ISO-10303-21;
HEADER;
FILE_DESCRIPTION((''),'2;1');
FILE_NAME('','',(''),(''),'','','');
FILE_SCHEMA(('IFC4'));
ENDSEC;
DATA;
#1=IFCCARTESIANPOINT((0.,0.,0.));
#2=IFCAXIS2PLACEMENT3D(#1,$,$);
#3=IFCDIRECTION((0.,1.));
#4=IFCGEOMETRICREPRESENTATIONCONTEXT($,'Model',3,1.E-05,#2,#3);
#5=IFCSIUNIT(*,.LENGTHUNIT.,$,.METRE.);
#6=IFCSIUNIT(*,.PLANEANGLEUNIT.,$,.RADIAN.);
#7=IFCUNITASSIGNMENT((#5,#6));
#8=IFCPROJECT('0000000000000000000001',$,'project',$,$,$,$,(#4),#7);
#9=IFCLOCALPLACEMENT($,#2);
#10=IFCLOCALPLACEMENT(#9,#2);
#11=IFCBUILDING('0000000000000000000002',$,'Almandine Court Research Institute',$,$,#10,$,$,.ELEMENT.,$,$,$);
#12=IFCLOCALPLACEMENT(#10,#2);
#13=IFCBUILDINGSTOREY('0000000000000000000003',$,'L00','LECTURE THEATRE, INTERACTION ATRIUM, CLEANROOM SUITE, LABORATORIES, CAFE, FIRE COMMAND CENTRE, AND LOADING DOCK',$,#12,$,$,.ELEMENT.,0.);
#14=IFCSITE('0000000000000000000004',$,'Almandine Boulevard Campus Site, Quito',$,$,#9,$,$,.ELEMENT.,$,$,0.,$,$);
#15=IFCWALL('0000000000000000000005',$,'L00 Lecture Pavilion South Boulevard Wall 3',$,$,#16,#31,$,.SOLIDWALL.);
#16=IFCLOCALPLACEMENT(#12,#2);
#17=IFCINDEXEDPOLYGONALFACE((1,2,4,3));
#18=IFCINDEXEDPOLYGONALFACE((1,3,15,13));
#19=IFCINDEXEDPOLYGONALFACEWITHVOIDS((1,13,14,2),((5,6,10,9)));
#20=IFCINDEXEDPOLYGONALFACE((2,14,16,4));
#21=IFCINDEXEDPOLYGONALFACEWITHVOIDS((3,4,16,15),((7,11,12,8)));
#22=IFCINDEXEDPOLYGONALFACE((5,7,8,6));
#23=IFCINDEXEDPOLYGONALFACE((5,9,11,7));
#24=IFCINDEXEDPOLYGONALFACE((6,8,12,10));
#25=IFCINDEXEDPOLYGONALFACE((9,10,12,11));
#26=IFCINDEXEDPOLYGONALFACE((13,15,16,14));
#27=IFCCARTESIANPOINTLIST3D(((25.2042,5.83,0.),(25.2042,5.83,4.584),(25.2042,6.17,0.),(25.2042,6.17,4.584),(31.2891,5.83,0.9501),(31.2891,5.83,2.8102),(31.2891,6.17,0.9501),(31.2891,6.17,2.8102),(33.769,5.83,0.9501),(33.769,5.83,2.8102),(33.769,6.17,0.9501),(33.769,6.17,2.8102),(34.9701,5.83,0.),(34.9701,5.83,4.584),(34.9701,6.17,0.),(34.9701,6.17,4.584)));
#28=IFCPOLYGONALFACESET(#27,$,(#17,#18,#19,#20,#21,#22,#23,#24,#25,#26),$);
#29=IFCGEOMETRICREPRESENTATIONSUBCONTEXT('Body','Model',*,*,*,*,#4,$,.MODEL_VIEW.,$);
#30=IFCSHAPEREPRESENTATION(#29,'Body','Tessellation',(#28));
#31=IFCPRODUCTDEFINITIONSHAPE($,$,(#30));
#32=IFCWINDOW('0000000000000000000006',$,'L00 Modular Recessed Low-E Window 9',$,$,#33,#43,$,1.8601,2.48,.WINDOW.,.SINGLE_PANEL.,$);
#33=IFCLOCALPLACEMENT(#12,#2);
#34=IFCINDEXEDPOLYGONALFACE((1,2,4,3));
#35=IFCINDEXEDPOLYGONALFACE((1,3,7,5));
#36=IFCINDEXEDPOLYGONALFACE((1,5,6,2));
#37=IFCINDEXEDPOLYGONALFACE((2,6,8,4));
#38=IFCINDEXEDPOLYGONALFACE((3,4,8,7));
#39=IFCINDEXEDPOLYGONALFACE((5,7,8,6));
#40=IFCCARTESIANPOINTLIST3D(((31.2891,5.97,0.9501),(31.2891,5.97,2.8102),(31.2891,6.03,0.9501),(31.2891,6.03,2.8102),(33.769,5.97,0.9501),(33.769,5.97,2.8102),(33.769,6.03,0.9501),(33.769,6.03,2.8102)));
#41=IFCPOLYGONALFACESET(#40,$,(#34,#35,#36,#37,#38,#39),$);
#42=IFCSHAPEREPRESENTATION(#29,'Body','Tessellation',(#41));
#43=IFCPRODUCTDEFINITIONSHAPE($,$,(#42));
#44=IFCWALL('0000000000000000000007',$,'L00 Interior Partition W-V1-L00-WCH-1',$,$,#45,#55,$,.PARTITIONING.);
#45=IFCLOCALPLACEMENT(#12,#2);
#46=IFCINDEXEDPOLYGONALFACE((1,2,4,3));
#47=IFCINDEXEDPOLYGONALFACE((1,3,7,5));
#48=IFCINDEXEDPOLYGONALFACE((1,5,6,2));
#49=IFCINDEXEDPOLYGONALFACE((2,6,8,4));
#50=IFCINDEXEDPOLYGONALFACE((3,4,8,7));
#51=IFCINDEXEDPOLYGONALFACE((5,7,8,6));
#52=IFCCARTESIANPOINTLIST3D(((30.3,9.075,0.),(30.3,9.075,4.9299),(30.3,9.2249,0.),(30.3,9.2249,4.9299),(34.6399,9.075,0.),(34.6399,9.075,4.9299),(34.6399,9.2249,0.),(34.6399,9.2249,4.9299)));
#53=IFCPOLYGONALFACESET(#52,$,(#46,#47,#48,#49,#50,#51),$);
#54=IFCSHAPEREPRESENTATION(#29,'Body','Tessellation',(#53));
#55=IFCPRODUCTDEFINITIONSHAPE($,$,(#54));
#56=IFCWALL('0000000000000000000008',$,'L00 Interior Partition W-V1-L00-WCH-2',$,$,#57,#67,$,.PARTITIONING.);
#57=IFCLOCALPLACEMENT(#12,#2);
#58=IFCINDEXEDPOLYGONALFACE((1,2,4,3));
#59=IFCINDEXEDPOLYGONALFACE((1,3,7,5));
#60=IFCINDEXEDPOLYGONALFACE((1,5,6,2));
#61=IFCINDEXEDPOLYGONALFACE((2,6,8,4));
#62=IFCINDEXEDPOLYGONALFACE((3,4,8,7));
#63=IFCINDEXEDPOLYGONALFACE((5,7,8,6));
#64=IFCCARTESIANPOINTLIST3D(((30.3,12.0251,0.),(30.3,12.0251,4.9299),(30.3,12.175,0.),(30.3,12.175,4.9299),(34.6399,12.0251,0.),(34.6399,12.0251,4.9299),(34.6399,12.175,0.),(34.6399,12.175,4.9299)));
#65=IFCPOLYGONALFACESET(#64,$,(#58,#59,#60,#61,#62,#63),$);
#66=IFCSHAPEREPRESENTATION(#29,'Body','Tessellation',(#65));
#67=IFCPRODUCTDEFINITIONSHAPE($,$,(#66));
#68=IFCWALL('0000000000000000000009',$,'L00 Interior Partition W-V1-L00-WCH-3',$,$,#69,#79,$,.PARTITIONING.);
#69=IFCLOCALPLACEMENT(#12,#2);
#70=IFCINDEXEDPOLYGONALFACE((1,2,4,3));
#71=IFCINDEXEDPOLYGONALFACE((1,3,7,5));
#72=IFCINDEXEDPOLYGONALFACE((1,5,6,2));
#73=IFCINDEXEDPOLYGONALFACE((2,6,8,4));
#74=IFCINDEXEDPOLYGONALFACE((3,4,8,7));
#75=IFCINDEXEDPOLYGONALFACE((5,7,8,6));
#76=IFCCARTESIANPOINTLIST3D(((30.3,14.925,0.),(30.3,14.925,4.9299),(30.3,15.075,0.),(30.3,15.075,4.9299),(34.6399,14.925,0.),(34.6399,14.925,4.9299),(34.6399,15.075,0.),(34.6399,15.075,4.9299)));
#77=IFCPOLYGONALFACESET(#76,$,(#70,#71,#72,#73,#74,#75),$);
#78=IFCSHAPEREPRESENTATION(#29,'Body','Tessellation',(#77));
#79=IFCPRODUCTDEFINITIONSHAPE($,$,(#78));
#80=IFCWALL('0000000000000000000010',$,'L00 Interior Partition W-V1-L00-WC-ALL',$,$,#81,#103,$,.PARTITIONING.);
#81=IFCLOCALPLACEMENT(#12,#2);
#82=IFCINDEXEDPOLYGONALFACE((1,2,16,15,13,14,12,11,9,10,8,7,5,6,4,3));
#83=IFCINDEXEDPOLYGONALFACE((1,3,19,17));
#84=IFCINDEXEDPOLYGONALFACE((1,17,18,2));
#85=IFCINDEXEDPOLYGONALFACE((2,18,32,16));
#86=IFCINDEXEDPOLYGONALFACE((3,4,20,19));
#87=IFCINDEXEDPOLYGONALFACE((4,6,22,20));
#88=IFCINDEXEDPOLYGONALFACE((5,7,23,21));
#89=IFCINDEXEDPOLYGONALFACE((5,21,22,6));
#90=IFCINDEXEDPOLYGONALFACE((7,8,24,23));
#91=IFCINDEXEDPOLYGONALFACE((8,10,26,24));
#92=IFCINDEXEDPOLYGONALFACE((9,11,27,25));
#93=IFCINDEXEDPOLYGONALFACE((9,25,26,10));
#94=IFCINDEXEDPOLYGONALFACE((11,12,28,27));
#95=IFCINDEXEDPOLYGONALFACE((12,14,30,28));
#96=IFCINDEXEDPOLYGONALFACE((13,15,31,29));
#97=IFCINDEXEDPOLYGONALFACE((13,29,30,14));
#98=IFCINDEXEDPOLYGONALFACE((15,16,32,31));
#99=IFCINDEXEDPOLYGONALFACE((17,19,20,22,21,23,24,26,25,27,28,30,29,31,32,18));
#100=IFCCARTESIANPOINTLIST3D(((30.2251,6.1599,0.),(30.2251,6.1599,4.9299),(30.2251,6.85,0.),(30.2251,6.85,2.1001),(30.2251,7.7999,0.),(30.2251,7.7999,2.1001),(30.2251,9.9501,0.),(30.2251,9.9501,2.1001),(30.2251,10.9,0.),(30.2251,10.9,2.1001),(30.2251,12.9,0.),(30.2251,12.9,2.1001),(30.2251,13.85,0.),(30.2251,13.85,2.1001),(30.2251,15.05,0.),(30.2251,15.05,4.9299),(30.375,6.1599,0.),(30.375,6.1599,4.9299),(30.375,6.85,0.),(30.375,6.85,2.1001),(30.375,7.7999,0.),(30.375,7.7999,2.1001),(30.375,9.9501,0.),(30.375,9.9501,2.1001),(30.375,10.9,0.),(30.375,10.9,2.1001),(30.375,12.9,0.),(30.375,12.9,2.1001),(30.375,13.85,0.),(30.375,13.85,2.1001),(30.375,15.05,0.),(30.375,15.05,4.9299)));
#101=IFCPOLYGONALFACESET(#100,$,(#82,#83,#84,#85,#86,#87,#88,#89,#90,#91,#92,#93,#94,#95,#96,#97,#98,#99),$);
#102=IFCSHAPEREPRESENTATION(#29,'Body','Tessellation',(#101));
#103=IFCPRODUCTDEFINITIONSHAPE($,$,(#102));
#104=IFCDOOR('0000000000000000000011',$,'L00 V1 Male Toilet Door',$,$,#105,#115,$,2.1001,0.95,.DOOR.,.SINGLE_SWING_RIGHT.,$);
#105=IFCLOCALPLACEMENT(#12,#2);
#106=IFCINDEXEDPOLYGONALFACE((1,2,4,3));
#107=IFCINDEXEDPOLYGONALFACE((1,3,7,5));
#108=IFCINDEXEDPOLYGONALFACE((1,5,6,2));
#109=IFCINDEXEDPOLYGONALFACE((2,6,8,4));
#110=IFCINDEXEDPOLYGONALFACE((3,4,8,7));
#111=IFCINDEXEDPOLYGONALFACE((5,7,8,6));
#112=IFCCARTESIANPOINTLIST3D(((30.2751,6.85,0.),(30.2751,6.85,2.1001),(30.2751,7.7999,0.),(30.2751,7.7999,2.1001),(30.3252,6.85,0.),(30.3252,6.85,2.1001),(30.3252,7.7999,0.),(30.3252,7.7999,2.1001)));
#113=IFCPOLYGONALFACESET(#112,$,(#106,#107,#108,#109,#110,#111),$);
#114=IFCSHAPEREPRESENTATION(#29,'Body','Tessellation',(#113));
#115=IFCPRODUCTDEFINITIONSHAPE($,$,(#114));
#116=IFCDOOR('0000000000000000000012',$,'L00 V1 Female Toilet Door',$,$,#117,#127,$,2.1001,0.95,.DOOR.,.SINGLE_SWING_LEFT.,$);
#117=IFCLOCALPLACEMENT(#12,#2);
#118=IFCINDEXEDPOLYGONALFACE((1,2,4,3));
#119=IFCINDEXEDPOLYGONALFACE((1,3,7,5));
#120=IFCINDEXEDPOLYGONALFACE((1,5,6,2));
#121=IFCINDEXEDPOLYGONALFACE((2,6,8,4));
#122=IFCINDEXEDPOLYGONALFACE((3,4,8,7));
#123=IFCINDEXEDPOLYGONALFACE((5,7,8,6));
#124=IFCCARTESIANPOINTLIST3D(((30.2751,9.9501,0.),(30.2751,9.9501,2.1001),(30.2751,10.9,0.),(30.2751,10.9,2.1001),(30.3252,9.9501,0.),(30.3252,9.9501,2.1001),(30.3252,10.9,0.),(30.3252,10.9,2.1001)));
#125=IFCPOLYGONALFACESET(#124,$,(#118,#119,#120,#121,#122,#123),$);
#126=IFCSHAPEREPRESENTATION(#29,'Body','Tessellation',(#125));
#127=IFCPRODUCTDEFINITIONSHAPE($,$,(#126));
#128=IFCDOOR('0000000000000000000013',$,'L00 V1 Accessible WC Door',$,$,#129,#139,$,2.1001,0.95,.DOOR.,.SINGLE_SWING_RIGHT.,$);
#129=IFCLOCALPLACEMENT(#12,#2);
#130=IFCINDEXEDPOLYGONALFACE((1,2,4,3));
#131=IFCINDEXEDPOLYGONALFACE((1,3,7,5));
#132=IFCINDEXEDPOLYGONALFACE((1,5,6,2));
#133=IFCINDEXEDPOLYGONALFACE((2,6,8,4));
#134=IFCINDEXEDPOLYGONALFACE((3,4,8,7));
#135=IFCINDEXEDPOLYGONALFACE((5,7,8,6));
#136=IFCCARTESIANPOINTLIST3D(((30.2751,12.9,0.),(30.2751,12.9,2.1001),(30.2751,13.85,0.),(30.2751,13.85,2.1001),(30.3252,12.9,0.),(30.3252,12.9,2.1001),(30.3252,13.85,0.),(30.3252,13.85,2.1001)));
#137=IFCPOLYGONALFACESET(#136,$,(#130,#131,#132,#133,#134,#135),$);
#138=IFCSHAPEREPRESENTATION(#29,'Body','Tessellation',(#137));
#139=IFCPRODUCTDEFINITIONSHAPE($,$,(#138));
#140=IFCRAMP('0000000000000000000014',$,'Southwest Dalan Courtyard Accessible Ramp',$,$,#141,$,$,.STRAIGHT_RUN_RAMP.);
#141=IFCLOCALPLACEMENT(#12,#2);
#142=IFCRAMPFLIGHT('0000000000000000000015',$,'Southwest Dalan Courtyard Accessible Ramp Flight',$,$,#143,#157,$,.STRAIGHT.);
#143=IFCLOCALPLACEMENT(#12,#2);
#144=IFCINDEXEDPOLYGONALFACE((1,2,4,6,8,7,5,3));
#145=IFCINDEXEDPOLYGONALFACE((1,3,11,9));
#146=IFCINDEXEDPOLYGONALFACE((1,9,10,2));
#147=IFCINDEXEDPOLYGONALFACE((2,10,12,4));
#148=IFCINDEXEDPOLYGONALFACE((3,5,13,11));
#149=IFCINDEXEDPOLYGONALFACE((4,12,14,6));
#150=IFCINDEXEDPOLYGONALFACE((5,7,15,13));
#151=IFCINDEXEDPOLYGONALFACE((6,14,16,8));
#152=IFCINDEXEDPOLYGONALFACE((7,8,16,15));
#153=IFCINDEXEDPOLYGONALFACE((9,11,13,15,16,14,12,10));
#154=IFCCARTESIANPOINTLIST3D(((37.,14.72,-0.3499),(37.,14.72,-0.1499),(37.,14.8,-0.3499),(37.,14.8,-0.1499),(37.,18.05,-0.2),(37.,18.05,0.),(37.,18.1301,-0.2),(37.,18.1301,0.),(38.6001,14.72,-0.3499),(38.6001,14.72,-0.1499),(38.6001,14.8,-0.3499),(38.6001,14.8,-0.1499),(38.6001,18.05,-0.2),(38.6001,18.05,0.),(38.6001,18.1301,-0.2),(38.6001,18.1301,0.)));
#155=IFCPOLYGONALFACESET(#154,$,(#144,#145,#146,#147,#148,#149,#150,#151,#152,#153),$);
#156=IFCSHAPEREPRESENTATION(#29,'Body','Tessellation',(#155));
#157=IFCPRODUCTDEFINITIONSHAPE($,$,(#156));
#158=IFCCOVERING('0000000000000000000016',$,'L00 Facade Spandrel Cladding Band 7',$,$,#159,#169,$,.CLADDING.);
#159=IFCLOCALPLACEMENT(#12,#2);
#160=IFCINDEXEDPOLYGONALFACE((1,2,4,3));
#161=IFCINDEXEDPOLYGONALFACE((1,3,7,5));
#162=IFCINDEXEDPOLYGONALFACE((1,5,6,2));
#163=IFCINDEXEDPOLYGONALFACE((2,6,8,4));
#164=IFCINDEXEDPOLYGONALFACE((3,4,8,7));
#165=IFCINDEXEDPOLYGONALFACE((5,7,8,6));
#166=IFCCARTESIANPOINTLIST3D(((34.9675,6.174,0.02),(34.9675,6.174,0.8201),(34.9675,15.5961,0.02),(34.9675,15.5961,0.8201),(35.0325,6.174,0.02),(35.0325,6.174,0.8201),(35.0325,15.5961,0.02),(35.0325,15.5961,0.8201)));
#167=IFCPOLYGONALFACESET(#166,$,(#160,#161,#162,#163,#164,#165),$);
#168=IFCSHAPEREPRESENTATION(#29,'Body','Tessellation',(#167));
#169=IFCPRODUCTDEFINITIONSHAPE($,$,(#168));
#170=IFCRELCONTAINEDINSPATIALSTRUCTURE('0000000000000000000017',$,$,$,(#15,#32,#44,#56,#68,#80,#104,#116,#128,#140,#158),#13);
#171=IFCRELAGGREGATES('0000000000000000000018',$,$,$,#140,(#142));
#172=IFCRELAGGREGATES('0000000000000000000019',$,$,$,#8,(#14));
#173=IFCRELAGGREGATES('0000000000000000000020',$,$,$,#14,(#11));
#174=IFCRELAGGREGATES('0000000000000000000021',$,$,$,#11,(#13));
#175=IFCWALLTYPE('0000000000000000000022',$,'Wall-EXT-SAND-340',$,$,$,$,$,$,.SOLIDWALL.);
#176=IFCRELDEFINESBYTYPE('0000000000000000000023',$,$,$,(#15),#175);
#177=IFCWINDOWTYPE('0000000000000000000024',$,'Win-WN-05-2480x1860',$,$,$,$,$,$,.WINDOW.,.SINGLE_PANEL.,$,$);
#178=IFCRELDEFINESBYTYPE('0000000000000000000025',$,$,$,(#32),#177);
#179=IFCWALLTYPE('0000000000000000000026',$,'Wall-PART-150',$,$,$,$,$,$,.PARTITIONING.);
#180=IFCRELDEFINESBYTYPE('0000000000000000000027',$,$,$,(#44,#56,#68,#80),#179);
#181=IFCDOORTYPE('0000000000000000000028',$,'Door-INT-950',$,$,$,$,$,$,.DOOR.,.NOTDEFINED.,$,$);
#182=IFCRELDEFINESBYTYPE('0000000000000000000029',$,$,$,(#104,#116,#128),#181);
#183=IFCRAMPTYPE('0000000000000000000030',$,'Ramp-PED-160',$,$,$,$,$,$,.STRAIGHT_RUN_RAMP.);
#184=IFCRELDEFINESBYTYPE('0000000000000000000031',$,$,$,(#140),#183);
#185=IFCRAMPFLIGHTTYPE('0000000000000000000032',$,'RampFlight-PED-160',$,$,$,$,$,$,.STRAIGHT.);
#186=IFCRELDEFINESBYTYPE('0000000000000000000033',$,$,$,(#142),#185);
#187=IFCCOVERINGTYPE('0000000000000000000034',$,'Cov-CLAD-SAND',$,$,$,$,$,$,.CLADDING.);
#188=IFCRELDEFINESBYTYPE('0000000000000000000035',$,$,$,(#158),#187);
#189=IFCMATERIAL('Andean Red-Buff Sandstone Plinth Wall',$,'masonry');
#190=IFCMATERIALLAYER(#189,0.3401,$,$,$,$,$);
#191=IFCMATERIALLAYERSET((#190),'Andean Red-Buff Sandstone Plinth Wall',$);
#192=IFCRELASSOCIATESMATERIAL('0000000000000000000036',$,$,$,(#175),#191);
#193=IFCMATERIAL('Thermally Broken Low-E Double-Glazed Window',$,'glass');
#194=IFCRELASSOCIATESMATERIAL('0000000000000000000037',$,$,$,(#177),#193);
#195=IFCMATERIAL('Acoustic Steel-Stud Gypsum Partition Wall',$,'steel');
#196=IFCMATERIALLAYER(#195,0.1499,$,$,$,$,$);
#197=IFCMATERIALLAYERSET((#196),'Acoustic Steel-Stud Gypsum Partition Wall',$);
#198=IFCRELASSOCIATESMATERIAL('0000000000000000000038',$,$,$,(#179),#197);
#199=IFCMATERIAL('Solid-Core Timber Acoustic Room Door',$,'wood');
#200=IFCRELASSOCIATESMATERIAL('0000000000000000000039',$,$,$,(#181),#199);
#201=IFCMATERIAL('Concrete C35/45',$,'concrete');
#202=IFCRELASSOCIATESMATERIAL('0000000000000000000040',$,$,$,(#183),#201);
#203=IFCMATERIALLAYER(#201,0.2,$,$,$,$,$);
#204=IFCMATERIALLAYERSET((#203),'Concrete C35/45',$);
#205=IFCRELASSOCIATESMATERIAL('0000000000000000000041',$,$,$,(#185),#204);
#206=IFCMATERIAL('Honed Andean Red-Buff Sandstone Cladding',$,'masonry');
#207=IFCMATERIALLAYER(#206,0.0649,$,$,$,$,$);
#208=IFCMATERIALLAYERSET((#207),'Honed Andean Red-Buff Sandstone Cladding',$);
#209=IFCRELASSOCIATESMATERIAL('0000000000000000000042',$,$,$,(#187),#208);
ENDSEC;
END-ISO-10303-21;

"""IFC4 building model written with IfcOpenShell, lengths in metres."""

from ifc_helpers import new_model, si_unit, direction, frame, frame_2d, origin, origin_2d, place, context, subcontext, project, spatial, polyline, rectangle, outline, extrude, material, layer, layer_set, type_object, element, fill, aggregate, save


model = new_model("IFC4")

# Units and contexts
model_context = context("Model", 3, precision=1e-05, world=origin(), true_north=direction((0.0, 1.0)))
body_context = subcontext(model_context, "Body", "Model", "MODEL_VIEW")
ifc_project = project(units=[si_unit("LENGTHUNIT", "METRE"), si_unit("PLANEANGLEUNIT", "RADIAN")], contexts=[model_context])

# Site, building, storey
site_placement = place(None, origin())
site = spatial("IfcSite", under=ifc_project, at=site_placement, Name="Almandine Boulevard Campus Site, Quito", CompositionType="ELEMENT", RefElevation=0.0)
building_placement = place(site_placement, origin())
building = spatial("IfcBuilding", under=site, at=building_placement, Name="Almandine Court Research Institute", CompositionType="ELEMENT")
storey_placement = place(building_placement, origin())
storey = spatial("IfcBuildingStorey", under=building, at=storey_placement, Name="L00", Description="LECTURE THEATRE, INTERACTION ATRIUM, CLEANROOM SUITE, LABORATORIES, CAFE, FIRE COMMAND CENTRE, AND LOADING DOCK", CompositionType="ELEMENT", Elevation=0.0)

# Shared definitions
ifc_material_1 = material(Name="Andean Red-Buff Sandstone Plinth Wall", Category="masonry")
ifc_layer_1 = layer(ifc_material_1, 0.3401)
ifc_layer_set_1 = layer_set([ifc_layer_1], Name="Andean Red-Buff Sandstone Plinth Wall")
wall_type_1 = type_object("IfcWallType", Name="Wall-EXT-SAND-340", PredefinedType="SOLIDWALL", material=ifc_layer_set_1)

# Wall, opening, window
wall_1_placement = place(storey_placement, frame((34.97, 6.0, 0.0), z_axis=(0.0, 0.0, 1.0), x_axis=(-1.0, 0.0, 0.0)))
wall_1 = element("IfcWall", 1, at=wall_1_placement, inside=storey, type_object=wall_type_1, Name="L00 Lecture Pavilion South Boulevard Wall 3", PredefinedType="SOLIDWALL", context=body_context, shape_type="SweptSolid", body=[
    extrude(rectangle(XDim=9.7659, YDim=0.3401, at=frame_2d((4.8828, 0.0))), origin(), (0.0, 0.0, 1.0), 4.584),
])
opening_1_placement = place(wall_1_placement, frame((1.2009, 0.0, 0.95)))
opening_1 = element("IfcOpeningElement", 2, at=opening_1_placement, cuts=wall_1, PredefinedType="OPENING", context=body_context, shape_type="SweptSolid", body=[
    extrude(rectangle(XDim=2.48, YDim=1.8601, at=frame_2d((1.24, 0.9302))), frame((0.0, 0.1799, 0.0), z_axis=(0.0, -1.0, 0.0), x_axis=(1.0, 0.0, 0.0)), (0.0, 0.0, 1.0), 0.3601),
])
ifc_material_2 = material(Name="Thermally Broken Low-E Double-Glazed Window", Category="glass")
window_type = type_object("IfcWindowType", Name="Win-WN-05-2480x1860", PartitioningType="SINGLE_PANEL", PredefinedType="WINDOW", material=ifc_material_2)
window_placement = place(opening_1_placement, origin())
window = element("IfcWindow", 3, at=window_placement, inside=storey, type_object=window_type, Name="L00 Modular Recessed Low-E Window 9", OverallHeight=1.8601, OverallWidth=2.48, PartitioningType="SINGLE_PANEL", PredefinedType="WINDOW", context=body_context, shape_type="SweptSolid", body=[
    extrude(rectangle(XDim=2.48, YDim=1.8601, at=frame_2d((1.24, 0.9302))), frame((0.0, 0.03, 0.0), z_axis=(0.0, -1.0, 0.0), x_axis=(1.0, 0.0, 0.0)), (0.0, 0.0, 1.0), 0.0601),
])
fill(opening_1, window)

# Walls
ifc_material_3 = material(Name="Acoustic Steel-Stud Gypsum Partition Wall", Category="steel")
ifc_layer_2 = layer(ifc_material_3, 0.1499)
ifc_layer_set_2 = layer_set([ifc_layer_2], Name="Acoustic Steel-Stud Gypsum Partition Wall")
wall_type_2 = type_object("IfcWallType", Name="Wall-PART-150", PredefinedType="PARTITIONING", material=ifc_layer_set_2)
for number, where, z_axis, x_axis, name in (
    (4, (30.3, 9.1499, 0.0), (0.0, 0.0, 1.0), (1.0, 0.0, 0.0), "L00 Interior Partition W-V1-L00-WCH-1"),
    (5, (30.3, 12.1001, 0.0), (0.0, 0.0, 1.0), (1.0, 0.0, 0.0), "L00 Interior Partition W-V1-L00-WCH-2"),
    (6, (30.3, 15.0, 0.0), (0.0, 0.0, 1.0), (1.0, 0.0, 0.0), "L00 Interior Partition W-V1-L00-WCH-3"),
):
    element("IfcWall", number, at=place(storey_placement, frame(where, z_axis=z_axis, x_axis=x_axis)), inside=storey, type_object=wall_type_2, Name=name, PredefinedType="PARTITIONING", context=body_context, shape_type="SweptSolid", body=[
        extrude(rectangle(XDim=4.3398, YDim=0.1499, at=frame_2d((2.1699, 0.0))), origin(), (0.0, 0.0, 1.0), 4.9299),
    ])

# Wall, openings, doors
wall_2_placement = place(storey_placement, frame((30.3, 6.1599, 0.0), z_axis=(0.0, 0.0, 1.0), x_axis=(0.0, 1.0, 0.0)))
wall_2 = element("IfcWall", 7, at=wall_2_placement, inside=storey, type_object=wall_type_2, Name="L00 Interior Partition W-V1-L00-WC-ALL", PredefinedType="PARTITIONING", context=body_context, shape_type="SweptSolid", body=[
    extrude(rectangle(XDim=8.8901, YDim=0.1499, at=frame_2d((4.4451, 0.0))), origin(), (0.0, 0.0, 1.0), 4.9299),
])
opening_2_placement = place(wall_2_placement, frame((0.6899, 0.0, 0.0)))
opening_2 = element("IfcOpeningElement", 8, at=opening_2_placement, cuts=wall_2, PredefinedType="OPENING", context=body_context, shape_type="SweptSolid", body=[
    extrude(rectangle(XDim=0.95, YDim=2.1001, at=frame_2d((0.4751, 1.05))), frame((0.0, 0.085, 0.0), z_axis=(0.0, -1.0, 0.0), x_axis=(1.0, 0.0, 0.0)), (0.0, 0.0, 1.0), 0.1699),
])
opening_3_placement = place(wall_2_placement, frame((3.79, 0.0, 0.0)))
opening_3 = element("IfcOpeningElement", 9, at=opening_3_placement, cuts=wall_2, PredefinedType="OPENING", context=body_context, shape_type="SweptSolid", body=[
    extrude(rectangle(XDim=0.95, YDim=2.1001, at=frame_2d((0.4751, 1.05))), frame((0.0, 0.085, 0.0), z_axis=(0.0, -1.0, 0.0), x_axis=(1.0, 0.0, 0.0)), (0.0, 0.0, 1.0), 0.1699),
])
opening_4_placement = place(wall_2_placement, frame((6.74, 0.0, 0.0)))
opening_4 = element("IfcOpeningElement", 10, at=opening_4_placement, cuts=wall_2, PredefinedType="OPENING", context=body_context, shape_type="SweptSolid", body=[
    extrude(rectangle(XDim=0.95, YDim=2.1001, at=frame_2d((0.4751, 1.05))), frame((0.0, 0.085, 0.0), z_axis=(0.0, -1.0, 0.0), x_axis=(1.0, 0.0, 0.0)), (0.0, 0.0, 1.0), 0.1699),
])
ifc_material_4 = material(Name="Solid-Core Timber Acoustic Room Door", Category="wood")
door_type = type_object("IfcDoorType", Name="Door-INT-950", OperationType="NOTDEFINED", PredefinedType="DOOR", material=ifc_material_4)
door_1_placement = place(opening_2_placement, origin())
door_1 = element("IfcDoor", 11, at=door_1_placement, inside=storey, type_object=door_type, Name="L00 V1 Male Toilet Door", OperationType="SINGLE_SWING_RIGHT", OverallHeight=2.1001, OverallWidth=0.95, PredefinedType="DOOR", context=body_context, shape_type="SweptSolid", body=[
    extrude(rectangle(XDim=0.95, YDim=2.1001, at=frame_2d((0.4751, 1.05))), frame((0.0, 0.0249, 0.0), z_axis=(0.0, -1.0, 0.0), x_axis=(1.0, 0.0, 0.0)), (0.0, 0.0, 1.0), 0.05),
])
fill(opening_2, door_1)
door_2_placement = place(opening_3_placement, origin())
door_2 = element("IfcDoor", 12, at=door_2_placement, inside=storey, type_object=door_type, Name="L00 V1 Female Toilet Door", OperationType="SINGLE_SWING_LEFT", OverallHeight=2.1001, OverallWidth=0.95, PredefinedType="DOOR", context=body_context, shape_type="SweptSolid", body=[
    extrude(rectangle(XDim=0.95, YDim=2.1001, at=frame_2d((0.4751, 1.05))), frame((0.0, 0.0249, 0.0), z_axis=(0.0, -1.0, 0.0), x_axis=(1.0, 0.0, 0.0)), (0.0, 0.0, 1.0), 0.05),
])
fill(opening_3, door_2)
door_3_placement = place(opening_4_placement, origin())
door_3 = element("IfcDoor", 13, at=door_3_placement, inside=storey, type_object=door_type, Name="L00 V1 Accessible WC Door", OperationType="SINGLE_SWING_RIGHT", OverallHeight=2.1001, OverallWidth=0.95, PredefinedType="DOOR", context=body_context, shape_type="SweptSolid", body=[
    extrude(rectangle(XDim=0.95, YDim=2.1001, at=frame_2d((0.4751, 1.05))), frame((0.0, 0.0249, 0.0), z_axis=(0.0, -1.0, 0.0), x_axis=(1.0, 0.0, 0.0)), (0.0, 0.0, 1.0), 0.05),
])
fill(opening_4, door_3)

# Ramp, ramp flight
ifc_material_5 = material(Name="Concrete C35/45", Category="concrete")
ramp_type = type_object("IfcRampType", Name="Ramp-PED-160", PredefinedType="STRAIGHT_RUN_RAMP", material=ifc_material_5)
ramp_placement = place(storey_placement, origin())
ramp = element("IfcRamp", 14, at=ramp_placement, inside=storey, type_object=ramp_type, Name="Southwest Dalan Courtyard Accessible Ramp", PredefinedType="STRAIGHT_RUN_RAMP")
ifc_layer_3 = layer(ifc_material_5, 0.2)
ifc_layer_set_3 = layer_set([ifc_layer_3], Name="Concrete C35/45")
ramp_flight_type = type_object("IfcRampFlightType", Name="RampFlight-PED-160", PredefinedType="STRAIGHT", material=ifc_layer_set_3)
ramp_flight_placement = place(storey_placement, frame((37.8, 14.8, -0.1499), z_axis=(0.0, 0.0, 1.0), x_axis=(0.0, 1.0, 0.0)))
ramp_flight = element("IfcRampFlight", 15, at=ramp_flight_placement, type_object=ramp_flight_type, Name="Southwest Dalan Courtyard Accessible Ramp Flight", PredefinedType="STRAIGHT", context=body_context, shape_type="SweptSolid", body=[
    extrude(outline(polyline([(-0.0801, -0.2), (-0.0801, 0.0), (0.0, 0.0), (3.25, 0.1499), (3.3301, 0.1499), (3.3301, -0.05), (3.25, -0.05), (0.0, -0.2), (-0.0801, -0.2)])), frame((0.0, 0.8, 0.0), z_axis=(0.0, -1.0, 0.0), x_axis=(1.0, 0.0, 0.0)), (0.0, 0.0, 1.0), 1.6001),
])
aggregate(ramp, [ramp_flight])

# Covering
ifc_material_6 = material(Name="Honed Andean Red-Buff Sandstone Cladding", Category="masonry")
ifc_layer_4 = layer(ifc_material_6, 0.0649)
ifc_layer_set_4 = layer_set([ifc_layer_4], Name="Honed Andean Red-Buff Sandstone Cladding")
covering_type = type_object("IfcCoveringType", Name="Cov-CLAD-SAND", PredefinedType="CLADDING", material=ifc_layer_set_4)
covering_1_placement = place(storey_placement, frame((35.0, 10.885, 0.02), z_axis=(0.0, 0.0, 1.0), x_axis=(0.0, -1.0, 0.0)))
element("IfcCovering", 16, at=covering_1_placement, inside=storey, type_object=covering_type, Name="L00 Facade Spandrel Cladding Band 7", PredefinedType="CLADDING", context=body_context, shape_type="SweptSolid", body=[
    extrude(rectangle(XDim=9.4221, YDim=0.0649, at=origin_2d()), origin(), (0.0, 0.0, 1.0), 0.8),
])

save(model, "model.ifc")
